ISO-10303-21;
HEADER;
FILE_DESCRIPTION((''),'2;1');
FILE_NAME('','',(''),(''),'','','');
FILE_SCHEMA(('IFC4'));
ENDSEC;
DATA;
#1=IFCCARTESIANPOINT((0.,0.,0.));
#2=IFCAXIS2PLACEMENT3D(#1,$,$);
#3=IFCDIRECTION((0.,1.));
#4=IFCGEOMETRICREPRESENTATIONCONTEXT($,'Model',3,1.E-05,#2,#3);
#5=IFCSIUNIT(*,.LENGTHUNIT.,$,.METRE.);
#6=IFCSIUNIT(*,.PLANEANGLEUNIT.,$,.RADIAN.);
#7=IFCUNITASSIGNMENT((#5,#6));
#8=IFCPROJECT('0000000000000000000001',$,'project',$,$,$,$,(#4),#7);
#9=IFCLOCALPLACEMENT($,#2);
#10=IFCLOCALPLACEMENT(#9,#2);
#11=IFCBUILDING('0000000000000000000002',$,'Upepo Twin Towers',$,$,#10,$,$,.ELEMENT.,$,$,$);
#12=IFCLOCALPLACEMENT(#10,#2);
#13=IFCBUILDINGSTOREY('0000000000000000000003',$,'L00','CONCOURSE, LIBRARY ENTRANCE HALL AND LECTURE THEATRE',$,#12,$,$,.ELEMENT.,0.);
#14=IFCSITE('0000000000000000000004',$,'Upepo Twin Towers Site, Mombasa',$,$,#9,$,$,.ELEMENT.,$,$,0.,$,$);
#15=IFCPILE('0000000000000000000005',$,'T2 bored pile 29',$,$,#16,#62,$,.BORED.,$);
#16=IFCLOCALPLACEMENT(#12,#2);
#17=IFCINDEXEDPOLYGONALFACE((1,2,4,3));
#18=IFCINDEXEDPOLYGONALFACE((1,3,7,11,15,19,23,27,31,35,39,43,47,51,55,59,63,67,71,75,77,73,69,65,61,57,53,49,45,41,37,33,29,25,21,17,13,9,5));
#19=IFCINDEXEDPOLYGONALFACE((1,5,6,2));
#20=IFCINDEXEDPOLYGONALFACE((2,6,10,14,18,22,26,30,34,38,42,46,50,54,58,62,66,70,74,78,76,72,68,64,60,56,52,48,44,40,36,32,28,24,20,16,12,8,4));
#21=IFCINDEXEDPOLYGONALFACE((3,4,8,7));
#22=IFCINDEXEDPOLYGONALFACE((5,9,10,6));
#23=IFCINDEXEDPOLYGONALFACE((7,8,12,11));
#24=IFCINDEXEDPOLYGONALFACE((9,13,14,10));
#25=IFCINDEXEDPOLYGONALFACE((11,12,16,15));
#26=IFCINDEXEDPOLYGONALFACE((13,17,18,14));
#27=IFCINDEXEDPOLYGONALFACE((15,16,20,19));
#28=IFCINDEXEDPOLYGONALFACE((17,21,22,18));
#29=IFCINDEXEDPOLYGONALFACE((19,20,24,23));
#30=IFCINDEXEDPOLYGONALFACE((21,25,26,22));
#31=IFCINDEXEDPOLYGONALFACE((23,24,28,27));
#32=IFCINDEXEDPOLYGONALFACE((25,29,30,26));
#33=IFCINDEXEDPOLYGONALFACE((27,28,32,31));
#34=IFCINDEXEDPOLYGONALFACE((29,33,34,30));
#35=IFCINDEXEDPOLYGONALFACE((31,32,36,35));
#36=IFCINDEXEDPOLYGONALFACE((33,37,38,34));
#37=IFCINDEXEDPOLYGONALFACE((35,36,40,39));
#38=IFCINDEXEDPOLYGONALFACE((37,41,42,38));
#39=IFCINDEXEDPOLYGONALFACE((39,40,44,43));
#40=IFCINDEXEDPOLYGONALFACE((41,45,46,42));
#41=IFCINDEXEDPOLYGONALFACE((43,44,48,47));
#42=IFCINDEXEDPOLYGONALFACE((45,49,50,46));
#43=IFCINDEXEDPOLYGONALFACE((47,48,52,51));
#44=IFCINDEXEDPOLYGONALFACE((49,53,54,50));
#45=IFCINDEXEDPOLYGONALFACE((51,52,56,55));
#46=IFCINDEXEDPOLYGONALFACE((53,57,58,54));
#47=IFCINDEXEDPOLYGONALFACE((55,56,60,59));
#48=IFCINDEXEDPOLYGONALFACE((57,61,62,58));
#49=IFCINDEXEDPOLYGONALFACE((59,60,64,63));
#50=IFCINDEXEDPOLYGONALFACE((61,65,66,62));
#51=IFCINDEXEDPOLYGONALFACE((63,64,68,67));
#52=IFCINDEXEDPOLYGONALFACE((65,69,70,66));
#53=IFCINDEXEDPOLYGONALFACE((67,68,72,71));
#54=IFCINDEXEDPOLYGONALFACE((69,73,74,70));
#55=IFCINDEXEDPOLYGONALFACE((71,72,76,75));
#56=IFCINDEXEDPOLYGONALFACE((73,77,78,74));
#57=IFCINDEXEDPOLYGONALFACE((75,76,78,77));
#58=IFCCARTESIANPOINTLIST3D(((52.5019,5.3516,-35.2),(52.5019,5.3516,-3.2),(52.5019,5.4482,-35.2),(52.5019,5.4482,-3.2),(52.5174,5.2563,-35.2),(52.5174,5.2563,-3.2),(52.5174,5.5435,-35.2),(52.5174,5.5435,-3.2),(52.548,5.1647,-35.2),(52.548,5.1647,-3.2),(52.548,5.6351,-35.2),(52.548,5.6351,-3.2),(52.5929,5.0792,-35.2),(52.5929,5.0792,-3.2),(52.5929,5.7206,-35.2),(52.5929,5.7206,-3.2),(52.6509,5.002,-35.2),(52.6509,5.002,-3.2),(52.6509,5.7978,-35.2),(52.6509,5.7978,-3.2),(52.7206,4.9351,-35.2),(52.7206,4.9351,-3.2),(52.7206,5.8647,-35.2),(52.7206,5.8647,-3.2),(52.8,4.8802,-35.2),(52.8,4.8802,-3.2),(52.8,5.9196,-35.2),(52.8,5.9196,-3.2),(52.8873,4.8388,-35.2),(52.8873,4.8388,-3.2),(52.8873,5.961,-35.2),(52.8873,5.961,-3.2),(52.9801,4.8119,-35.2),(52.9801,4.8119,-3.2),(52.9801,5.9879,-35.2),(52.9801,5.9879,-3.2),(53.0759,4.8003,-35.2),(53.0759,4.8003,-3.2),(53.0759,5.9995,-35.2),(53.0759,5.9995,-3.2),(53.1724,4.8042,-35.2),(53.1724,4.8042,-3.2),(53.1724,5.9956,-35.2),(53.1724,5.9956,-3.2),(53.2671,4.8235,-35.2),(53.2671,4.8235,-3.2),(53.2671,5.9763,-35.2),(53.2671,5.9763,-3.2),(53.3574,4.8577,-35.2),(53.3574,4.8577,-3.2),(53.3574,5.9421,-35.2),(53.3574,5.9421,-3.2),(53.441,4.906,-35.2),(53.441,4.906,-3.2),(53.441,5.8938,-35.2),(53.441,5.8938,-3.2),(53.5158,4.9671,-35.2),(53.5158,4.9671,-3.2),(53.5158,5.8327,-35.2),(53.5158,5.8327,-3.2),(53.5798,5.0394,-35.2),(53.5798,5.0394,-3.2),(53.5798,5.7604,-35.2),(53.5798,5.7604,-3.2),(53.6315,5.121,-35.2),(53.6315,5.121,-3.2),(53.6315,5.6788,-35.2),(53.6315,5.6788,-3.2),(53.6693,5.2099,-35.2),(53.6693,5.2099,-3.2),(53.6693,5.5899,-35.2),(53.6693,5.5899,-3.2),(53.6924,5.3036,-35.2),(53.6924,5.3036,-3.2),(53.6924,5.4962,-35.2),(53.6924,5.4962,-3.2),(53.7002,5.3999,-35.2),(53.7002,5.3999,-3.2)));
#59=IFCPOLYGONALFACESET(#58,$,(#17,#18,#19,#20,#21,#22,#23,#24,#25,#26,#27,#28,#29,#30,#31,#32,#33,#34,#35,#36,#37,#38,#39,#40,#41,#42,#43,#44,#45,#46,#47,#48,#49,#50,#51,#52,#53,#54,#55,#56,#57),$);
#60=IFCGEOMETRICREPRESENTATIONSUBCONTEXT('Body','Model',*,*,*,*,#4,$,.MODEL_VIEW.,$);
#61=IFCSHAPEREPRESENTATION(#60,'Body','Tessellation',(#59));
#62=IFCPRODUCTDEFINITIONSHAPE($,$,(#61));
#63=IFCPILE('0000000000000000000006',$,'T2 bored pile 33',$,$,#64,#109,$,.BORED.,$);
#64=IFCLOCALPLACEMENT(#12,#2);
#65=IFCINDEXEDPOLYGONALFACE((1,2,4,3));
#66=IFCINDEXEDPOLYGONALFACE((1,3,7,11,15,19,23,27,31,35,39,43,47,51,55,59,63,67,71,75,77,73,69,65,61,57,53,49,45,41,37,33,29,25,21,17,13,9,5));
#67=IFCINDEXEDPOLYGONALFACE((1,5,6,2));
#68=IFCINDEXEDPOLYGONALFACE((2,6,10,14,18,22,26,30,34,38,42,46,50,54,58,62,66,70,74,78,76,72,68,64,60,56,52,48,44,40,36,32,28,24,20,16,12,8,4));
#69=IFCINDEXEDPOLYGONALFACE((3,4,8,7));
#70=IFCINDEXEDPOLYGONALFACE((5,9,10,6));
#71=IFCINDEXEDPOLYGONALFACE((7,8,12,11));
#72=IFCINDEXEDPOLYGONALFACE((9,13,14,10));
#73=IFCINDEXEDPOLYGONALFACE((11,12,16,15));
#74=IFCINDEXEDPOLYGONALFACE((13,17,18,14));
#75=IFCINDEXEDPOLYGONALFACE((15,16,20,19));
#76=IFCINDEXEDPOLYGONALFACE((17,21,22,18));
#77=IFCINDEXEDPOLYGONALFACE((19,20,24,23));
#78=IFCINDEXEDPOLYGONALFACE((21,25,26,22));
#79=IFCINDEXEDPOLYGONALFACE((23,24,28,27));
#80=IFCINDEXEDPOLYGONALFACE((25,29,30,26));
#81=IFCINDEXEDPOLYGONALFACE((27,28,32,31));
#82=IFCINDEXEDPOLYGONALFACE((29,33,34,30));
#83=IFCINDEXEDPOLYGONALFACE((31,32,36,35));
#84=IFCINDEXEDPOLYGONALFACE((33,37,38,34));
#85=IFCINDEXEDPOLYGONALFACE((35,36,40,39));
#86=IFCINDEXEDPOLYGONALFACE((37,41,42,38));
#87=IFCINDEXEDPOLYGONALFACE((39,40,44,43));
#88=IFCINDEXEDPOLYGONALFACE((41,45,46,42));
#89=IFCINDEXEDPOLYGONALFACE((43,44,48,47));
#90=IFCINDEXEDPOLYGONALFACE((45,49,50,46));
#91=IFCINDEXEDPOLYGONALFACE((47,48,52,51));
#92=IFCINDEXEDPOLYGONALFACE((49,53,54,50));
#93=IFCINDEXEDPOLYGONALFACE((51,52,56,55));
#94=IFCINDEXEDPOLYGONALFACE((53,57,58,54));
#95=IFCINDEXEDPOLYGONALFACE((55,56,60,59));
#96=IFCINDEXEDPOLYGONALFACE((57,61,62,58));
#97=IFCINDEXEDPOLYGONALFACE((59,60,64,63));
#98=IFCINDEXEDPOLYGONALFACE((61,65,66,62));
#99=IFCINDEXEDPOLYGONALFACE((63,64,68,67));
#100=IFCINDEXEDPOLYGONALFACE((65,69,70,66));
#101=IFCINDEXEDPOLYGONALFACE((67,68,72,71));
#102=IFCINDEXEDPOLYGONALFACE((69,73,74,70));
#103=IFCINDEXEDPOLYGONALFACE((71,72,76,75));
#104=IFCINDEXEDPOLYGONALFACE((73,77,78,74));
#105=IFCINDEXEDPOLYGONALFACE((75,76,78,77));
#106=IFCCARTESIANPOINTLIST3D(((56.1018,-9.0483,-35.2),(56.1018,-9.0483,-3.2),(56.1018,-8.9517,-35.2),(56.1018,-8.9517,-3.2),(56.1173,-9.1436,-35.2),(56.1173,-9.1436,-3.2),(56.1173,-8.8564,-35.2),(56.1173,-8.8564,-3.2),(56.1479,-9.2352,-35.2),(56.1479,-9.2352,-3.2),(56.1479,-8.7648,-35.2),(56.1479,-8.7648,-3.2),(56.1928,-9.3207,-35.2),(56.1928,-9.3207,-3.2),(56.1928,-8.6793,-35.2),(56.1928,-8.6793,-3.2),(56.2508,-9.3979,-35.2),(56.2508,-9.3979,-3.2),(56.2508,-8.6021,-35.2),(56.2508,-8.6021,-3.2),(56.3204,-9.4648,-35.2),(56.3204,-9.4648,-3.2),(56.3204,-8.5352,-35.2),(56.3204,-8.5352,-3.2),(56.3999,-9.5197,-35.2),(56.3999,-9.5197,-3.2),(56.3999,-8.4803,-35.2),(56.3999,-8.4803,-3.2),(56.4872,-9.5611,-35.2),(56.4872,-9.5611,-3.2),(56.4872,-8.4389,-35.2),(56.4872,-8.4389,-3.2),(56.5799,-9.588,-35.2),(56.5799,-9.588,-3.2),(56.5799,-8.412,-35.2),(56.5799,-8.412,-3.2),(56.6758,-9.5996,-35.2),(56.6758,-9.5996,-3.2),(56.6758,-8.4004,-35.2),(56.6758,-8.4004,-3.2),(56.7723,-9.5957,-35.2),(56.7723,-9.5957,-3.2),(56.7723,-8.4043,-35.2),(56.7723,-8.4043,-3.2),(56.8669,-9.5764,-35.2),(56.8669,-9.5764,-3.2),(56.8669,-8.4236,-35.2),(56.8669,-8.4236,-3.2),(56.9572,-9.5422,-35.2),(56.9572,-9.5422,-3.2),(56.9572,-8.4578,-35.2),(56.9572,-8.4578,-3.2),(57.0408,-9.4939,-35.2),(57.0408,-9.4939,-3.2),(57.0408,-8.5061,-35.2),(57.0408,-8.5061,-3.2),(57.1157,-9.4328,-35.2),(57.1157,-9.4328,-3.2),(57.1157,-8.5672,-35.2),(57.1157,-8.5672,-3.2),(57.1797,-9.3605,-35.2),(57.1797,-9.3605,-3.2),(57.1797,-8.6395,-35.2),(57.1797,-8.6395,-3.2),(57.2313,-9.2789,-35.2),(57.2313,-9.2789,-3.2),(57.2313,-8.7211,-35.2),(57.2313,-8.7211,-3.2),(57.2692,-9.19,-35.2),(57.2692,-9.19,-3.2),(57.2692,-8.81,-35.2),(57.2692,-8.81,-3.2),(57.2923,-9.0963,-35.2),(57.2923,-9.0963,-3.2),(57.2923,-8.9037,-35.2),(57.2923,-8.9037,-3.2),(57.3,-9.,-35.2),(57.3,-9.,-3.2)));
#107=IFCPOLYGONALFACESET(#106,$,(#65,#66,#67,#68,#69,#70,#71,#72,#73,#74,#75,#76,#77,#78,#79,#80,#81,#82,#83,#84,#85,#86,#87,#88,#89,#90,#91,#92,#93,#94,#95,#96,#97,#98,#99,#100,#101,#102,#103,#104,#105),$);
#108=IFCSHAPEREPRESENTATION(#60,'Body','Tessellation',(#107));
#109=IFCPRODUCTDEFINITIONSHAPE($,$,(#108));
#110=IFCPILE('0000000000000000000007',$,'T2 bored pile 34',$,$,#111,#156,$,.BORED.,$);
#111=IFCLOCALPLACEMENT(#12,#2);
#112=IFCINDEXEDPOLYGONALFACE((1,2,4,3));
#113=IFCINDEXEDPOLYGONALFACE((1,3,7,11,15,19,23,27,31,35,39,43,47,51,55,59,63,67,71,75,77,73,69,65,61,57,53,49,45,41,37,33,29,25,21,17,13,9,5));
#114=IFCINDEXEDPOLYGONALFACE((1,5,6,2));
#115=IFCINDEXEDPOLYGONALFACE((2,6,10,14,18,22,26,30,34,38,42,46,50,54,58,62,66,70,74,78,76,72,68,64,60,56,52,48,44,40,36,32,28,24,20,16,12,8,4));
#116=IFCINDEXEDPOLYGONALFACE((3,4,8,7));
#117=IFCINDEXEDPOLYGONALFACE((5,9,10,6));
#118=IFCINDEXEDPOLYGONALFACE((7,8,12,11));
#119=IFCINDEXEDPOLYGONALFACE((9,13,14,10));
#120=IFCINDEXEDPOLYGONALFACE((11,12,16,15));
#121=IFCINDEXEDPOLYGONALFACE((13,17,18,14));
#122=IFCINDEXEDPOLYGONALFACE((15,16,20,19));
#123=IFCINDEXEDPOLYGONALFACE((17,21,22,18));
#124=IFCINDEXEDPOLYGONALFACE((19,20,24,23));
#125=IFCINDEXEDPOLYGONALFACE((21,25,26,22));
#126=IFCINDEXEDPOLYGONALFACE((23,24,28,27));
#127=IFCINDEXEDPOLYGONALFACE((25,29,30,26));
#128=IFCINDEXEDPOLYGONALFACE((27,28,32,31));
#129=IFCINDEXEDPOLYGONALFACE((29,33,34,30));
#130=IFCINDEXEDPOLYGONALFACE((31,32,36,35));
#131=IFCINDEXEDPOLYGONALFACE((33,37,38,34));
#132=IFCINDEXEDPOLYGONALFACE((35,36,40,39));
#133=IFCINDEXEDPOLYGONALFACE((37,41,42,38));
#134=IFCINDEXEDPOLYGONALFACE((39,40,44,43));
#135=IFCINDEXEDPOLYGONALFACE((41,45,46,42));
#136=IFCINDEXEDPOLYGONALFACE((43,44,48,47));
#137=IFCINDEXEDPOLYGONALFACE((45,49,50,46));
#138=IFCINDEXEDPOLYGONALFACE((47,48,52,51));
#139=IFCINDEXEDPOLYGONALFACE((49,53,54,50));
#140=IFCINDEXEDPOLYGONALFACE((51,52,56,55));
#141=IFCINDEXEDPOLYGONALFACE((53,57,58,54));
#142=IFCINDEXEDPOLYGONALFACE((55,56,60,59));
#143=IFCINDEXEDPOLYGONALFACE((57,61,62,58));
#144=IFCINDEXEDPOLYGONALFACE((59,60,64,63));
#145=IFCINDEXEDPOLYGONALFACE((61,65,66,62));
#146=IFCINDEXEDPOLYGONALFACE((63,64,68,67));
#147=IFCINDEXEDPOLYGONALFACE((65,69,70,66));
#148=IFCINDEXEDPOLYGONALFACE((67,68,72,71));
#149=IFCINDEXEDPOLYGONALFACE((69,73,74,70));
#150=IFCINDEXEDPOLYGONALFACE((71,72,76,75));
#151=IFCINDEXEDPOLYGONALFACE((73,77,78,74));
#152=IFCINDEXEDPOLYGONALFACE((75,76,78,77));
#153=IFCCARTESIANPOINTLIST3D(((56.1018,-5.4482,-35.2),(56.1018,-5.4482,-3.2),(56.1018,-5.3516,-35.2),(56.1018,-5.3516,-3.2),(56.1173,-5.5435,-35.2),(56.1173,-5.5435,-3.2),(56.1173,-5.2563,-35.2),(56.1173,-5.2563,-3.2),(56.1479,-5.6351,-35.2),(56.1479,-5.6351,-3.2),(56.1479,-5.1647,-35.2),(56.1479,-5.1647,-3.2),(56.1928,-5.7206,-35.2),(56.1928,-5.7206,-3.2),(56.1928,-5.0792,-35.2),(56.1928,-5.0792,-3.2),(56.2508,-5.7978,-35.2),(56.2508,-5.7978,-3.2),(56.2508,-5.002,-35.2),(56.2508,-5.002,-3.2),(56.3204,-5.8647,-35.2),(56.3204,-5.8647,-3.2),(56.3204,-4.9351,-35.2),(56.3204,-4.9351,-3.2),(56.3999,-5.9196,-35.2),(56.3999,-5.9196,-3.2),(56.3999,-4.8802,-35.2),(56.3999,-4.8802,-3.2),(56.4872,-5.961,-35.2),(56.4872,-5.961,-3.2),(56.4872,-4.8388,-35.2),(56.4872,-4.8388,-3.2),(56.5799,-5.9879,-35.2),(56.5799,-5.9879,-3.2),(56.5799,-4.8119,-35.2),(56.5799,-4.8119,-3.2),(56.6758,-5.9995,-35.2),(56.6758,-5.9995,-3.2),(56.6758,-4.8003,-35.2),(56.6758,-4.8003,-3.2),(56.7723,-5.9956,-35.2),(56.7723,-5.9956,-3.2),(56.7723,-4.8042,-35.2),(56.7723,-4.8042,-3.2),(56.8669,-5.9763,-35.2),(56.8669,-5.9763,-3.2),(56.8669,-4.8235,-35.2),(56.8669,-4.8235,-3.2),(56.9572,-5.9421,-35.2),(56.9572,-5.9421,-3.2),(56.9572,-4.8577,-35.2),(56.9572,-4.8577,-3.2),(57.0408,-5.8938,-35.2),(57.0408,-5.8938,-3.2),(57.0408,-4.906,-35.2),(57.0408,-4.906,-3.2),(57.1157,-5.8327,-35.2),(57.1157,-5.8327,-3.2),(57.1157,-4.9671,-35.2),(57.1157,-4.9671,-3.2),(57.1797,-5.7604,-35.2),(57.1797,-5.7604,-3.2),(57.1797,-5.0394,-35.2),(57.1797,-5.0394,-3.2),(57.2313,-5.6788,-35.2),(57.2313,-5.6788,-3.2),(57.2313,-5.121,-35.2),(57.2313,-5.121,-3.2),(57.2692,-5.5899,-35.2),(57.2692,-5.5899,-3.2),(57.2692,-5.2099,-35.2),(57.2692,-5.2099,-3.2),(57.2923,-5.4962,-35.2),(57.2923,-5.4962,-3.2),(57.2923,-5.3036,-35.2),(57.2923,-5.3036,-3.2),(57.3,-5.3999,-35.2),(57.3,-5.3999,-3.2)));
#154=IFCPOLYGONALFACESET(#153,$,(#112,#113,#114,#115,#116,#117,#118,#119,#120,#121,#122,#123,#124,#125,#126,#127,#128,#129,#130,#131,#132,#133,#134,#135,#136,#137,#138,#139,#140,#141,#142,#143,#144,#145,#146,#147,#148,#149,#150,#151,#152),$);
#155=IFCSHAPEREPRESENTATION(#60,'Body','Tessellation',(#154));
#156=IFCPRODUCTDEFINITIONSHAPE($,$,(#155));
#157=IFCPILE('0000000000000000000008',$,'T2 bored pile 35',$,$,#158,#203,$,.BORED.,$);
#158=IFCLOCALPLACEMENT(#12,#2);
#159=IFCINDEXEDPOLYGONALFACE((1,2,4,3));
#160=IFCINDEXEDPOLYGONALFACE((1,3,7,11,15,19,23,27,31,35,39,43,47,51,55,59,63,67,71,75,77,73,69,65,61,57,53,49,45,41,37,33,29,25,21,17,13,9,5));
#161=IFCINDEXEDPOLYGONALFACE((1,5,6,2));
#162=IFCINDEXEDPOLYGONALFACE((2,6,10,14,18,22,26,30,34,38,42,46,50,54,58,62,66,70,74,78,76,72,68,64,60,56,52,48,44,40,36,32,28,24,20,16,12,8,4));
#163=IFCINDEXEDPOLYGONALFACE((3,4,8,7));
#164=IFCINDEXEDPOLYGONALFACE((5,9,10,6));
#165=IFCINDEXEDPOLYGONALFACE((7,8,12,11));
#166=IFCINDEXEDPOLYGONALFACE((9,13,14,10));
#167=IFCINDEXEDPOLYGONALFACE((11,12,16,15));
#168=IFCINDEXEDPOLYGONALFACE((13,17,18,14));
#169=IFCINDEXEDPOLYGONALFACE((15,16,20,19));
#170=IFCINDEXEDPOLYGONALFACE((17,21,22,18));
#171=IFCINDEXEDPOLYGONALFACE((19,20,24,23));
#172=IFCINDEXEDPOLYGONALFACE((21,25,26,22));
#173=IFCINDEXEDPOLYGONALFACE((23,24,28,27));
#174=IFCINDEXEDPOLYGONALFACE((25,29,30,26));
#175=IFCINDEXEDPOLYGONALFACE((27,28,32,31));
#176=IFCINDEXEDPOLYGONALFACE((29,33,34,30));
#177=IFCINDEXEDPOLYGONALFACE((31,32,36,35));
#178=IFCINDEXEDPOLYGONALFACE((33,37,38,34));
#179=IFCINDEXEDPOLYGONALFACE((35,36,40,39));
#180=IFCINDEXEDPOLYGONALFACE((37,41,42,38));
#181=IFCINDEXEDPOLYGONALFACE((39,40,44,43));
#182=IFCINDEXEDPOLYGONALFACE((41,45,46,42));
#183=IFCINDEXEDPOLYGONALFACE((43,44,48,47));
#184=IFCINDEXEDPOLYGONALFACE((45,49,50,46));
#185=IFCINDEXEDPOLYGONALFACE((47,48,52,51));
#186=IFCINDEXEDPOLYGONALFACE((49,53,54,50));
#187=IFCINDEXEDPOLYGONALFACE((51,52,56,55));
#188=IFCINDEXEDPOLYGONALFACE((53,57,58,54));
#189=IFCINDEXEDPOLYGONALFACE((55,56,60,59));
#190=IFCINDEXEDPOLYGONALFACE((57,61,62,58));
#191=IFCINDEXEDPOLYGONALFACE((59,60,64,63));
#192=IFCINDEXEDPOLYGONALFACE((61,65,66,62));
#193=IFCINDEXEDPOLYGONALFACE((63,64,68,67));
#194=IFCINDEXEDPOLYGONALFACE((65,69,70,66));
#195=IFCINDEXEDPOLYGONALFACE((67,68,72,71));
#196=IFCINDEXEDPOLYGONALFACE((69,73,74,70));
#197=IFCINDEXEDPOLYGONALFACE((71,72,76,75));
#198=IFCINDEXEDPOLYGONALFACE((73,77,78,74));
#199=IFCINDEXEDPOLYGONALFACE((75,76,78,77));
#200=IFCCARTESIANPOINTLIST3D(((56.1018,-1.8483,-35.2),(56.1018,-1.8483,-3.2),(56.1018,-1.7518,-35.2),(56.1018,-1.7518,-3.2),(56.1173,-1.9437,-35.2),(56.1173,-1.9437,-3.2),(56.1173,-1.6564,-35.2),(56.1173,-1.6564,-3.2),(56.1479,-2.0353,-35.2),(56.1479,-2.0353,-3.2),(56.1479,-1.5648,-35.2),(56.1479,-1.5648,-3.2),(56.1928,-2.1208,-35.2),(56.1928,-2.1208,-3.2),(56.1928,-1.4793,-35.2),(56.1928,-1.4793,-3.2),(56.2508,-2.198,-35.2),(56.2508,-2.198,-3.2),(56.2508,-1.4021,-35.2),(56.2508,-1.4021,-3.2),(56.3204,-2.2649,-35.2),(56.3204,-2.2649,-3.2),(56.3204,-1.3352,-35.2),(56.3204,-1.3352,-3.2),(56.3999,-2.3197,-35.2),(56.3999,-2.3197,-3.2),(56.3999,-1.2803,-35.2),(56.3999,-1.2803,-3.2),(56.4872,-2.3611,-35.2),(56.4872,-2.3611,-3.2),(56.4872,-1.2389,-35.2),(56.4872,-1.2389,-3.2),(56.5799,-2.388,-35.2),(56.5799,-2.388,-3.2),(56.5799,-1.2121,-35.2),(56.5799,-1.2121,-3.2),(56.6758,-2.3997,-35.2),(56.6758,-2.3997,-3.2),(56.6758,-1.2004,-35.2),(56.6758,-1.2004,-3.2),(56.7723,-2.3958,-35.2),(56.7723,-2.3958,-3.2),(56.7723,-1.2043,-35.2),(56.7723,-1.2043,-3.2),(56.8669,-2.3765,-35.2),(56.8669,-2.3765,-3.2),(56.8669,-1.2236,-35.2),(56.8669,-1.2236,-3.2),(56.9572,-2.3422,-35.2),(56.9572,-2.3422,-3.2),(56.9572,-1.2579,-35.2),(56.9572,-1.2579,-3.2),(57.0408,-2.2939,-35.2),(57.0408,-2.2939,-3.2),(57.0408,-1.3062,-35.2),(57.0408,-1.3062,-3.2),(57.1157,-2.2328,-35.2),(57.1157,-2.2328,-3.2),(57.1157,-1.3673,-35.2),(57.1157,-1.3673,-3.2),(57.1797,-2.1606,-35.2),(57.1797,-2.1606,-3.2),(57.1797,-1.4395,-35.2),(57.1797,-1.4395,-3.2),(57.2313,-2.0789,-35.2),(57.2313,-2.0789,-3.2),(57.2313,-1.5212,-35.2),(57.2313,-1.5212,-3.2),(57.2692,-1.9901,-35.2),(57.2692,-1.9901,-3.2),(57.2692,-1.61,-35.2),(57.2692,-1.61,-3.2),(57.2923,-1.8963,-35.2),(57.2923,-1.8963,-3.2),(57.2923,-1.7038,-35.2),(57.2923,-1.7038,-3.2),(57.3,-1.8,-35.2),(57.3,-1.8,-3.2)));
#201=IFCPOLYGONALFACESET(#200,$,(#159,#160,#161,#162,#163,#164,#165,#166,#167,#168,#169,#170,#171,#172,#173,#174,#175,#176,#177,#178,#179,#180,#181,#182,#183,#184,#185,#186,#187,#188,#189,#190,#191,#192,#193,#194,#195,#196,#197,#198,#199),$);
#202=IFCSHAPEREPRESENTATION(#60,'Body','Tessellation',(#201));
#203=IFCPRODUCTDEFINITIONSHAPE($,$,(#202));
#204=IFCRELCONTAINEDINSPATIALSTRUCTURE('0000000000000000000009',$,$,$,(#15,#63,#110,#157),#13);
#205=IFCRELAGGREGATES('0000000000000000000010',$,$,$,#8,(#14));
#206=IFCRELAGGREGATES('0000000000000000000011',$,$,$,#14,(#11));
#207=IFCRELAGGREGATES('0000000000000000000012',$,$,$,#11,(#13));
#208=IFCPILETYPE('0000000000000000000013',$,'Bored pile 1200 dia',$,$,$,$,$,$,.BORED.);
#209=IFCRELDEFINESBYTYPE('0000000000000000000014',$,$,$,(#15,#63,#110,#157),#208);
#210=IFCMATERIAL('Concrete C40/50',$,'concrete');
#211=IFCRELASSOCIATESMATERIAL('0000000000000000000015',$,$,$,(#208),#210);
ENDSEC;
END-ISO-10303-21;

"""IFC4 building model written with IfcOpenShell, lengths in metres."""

from ifc_helpers import new_model, si_unit, direction, frame, origin, origin_2d, place, context, subcontext, project, spatial, circle, extrude, material, type_object, element, save


model = new_model("IFC4")

# Units and contexts
model_context = context("Model", 3, precision=1e-05, world=origin(), true_north=direction((0.0, 1.0)))
body_context = subcontext(model_context, "Body", "Model", "MODEL_VIEW")
ifc_project = project(units=[si_unit("LENGTHUNIT", "METRE"), si_unit("PLANEANGLEUNIT", "RADIAN")], contexts=[model_context])

# Site, building, storey
site_placement = place(None, origin())
site = spatial("IfcSite", under=ifc_project, at=site_placement, Name="Upepo Twin Towers Site, Mombasa", CompositionType="ELEMENT", RefElevation=0.0)
building_placement = place(site_placement, origin())
building = spatial("IfcBuilding", under=site, at=building_placement, Name="Upepo Twin Towers", CompositionType="ELEMENT")
storey_placement = place(building_placement, origin())
storey = spatial("IfcBuildingStorey", under=building, at=storey_placement, Name="L00", Description="CONCOURSE, LIBRARY ENTRANCE HALL AND LECTURE THEATRE", CompositionType="ELEMENT", Elevation=0.0)

# Piles
ifc_material_1 = material(Name="Concrete C40/50", Category="concrete")
pile_type = type_object("IfcPileType", Name="Bored pile 1200 dia", PredefinedType="BORED", material=ifc_material_1)
for number, where, z_axis, x_axis, name in (
    (1, (53.1001, 5.3999, -3.2), (0.0, 0.0, -1.0), (1.0, 0.0, 0.0), "T2 bored pile 29"),
    (2, (56.7, -9.0, -3.2), (0.0, 0.0, -1.0), (1.0, 0.0, 0.0), "T2 bored pile 33"),
    (3, (56.7, -5.3999, -3.2), (0.0, 0.0, -1.0), (1.0, 0.0, 0.0), "T2 bored pile 34"),
    (4, (56.7, -1.8, -3.2), (0.0, 0.0, -1.0), (1.0, 0.0, 0.0), "T2 bored pile 35"),
):
    element("IfcPile", number, at=place(storey_placement, frame(where, z_axis=z_axis, x_axis=x_axis)), inside=storey, type_object=pile_type, Name=name, PredefinedType="BORED", context=body_context, shape_type="SweptSolid", body=[
        extrude(circle(Radius=0.6001, at=origin_2d()), origin(), (0.0, 0.0, 1.0), 32.0),
    ])

save(model, "model.ifc")
